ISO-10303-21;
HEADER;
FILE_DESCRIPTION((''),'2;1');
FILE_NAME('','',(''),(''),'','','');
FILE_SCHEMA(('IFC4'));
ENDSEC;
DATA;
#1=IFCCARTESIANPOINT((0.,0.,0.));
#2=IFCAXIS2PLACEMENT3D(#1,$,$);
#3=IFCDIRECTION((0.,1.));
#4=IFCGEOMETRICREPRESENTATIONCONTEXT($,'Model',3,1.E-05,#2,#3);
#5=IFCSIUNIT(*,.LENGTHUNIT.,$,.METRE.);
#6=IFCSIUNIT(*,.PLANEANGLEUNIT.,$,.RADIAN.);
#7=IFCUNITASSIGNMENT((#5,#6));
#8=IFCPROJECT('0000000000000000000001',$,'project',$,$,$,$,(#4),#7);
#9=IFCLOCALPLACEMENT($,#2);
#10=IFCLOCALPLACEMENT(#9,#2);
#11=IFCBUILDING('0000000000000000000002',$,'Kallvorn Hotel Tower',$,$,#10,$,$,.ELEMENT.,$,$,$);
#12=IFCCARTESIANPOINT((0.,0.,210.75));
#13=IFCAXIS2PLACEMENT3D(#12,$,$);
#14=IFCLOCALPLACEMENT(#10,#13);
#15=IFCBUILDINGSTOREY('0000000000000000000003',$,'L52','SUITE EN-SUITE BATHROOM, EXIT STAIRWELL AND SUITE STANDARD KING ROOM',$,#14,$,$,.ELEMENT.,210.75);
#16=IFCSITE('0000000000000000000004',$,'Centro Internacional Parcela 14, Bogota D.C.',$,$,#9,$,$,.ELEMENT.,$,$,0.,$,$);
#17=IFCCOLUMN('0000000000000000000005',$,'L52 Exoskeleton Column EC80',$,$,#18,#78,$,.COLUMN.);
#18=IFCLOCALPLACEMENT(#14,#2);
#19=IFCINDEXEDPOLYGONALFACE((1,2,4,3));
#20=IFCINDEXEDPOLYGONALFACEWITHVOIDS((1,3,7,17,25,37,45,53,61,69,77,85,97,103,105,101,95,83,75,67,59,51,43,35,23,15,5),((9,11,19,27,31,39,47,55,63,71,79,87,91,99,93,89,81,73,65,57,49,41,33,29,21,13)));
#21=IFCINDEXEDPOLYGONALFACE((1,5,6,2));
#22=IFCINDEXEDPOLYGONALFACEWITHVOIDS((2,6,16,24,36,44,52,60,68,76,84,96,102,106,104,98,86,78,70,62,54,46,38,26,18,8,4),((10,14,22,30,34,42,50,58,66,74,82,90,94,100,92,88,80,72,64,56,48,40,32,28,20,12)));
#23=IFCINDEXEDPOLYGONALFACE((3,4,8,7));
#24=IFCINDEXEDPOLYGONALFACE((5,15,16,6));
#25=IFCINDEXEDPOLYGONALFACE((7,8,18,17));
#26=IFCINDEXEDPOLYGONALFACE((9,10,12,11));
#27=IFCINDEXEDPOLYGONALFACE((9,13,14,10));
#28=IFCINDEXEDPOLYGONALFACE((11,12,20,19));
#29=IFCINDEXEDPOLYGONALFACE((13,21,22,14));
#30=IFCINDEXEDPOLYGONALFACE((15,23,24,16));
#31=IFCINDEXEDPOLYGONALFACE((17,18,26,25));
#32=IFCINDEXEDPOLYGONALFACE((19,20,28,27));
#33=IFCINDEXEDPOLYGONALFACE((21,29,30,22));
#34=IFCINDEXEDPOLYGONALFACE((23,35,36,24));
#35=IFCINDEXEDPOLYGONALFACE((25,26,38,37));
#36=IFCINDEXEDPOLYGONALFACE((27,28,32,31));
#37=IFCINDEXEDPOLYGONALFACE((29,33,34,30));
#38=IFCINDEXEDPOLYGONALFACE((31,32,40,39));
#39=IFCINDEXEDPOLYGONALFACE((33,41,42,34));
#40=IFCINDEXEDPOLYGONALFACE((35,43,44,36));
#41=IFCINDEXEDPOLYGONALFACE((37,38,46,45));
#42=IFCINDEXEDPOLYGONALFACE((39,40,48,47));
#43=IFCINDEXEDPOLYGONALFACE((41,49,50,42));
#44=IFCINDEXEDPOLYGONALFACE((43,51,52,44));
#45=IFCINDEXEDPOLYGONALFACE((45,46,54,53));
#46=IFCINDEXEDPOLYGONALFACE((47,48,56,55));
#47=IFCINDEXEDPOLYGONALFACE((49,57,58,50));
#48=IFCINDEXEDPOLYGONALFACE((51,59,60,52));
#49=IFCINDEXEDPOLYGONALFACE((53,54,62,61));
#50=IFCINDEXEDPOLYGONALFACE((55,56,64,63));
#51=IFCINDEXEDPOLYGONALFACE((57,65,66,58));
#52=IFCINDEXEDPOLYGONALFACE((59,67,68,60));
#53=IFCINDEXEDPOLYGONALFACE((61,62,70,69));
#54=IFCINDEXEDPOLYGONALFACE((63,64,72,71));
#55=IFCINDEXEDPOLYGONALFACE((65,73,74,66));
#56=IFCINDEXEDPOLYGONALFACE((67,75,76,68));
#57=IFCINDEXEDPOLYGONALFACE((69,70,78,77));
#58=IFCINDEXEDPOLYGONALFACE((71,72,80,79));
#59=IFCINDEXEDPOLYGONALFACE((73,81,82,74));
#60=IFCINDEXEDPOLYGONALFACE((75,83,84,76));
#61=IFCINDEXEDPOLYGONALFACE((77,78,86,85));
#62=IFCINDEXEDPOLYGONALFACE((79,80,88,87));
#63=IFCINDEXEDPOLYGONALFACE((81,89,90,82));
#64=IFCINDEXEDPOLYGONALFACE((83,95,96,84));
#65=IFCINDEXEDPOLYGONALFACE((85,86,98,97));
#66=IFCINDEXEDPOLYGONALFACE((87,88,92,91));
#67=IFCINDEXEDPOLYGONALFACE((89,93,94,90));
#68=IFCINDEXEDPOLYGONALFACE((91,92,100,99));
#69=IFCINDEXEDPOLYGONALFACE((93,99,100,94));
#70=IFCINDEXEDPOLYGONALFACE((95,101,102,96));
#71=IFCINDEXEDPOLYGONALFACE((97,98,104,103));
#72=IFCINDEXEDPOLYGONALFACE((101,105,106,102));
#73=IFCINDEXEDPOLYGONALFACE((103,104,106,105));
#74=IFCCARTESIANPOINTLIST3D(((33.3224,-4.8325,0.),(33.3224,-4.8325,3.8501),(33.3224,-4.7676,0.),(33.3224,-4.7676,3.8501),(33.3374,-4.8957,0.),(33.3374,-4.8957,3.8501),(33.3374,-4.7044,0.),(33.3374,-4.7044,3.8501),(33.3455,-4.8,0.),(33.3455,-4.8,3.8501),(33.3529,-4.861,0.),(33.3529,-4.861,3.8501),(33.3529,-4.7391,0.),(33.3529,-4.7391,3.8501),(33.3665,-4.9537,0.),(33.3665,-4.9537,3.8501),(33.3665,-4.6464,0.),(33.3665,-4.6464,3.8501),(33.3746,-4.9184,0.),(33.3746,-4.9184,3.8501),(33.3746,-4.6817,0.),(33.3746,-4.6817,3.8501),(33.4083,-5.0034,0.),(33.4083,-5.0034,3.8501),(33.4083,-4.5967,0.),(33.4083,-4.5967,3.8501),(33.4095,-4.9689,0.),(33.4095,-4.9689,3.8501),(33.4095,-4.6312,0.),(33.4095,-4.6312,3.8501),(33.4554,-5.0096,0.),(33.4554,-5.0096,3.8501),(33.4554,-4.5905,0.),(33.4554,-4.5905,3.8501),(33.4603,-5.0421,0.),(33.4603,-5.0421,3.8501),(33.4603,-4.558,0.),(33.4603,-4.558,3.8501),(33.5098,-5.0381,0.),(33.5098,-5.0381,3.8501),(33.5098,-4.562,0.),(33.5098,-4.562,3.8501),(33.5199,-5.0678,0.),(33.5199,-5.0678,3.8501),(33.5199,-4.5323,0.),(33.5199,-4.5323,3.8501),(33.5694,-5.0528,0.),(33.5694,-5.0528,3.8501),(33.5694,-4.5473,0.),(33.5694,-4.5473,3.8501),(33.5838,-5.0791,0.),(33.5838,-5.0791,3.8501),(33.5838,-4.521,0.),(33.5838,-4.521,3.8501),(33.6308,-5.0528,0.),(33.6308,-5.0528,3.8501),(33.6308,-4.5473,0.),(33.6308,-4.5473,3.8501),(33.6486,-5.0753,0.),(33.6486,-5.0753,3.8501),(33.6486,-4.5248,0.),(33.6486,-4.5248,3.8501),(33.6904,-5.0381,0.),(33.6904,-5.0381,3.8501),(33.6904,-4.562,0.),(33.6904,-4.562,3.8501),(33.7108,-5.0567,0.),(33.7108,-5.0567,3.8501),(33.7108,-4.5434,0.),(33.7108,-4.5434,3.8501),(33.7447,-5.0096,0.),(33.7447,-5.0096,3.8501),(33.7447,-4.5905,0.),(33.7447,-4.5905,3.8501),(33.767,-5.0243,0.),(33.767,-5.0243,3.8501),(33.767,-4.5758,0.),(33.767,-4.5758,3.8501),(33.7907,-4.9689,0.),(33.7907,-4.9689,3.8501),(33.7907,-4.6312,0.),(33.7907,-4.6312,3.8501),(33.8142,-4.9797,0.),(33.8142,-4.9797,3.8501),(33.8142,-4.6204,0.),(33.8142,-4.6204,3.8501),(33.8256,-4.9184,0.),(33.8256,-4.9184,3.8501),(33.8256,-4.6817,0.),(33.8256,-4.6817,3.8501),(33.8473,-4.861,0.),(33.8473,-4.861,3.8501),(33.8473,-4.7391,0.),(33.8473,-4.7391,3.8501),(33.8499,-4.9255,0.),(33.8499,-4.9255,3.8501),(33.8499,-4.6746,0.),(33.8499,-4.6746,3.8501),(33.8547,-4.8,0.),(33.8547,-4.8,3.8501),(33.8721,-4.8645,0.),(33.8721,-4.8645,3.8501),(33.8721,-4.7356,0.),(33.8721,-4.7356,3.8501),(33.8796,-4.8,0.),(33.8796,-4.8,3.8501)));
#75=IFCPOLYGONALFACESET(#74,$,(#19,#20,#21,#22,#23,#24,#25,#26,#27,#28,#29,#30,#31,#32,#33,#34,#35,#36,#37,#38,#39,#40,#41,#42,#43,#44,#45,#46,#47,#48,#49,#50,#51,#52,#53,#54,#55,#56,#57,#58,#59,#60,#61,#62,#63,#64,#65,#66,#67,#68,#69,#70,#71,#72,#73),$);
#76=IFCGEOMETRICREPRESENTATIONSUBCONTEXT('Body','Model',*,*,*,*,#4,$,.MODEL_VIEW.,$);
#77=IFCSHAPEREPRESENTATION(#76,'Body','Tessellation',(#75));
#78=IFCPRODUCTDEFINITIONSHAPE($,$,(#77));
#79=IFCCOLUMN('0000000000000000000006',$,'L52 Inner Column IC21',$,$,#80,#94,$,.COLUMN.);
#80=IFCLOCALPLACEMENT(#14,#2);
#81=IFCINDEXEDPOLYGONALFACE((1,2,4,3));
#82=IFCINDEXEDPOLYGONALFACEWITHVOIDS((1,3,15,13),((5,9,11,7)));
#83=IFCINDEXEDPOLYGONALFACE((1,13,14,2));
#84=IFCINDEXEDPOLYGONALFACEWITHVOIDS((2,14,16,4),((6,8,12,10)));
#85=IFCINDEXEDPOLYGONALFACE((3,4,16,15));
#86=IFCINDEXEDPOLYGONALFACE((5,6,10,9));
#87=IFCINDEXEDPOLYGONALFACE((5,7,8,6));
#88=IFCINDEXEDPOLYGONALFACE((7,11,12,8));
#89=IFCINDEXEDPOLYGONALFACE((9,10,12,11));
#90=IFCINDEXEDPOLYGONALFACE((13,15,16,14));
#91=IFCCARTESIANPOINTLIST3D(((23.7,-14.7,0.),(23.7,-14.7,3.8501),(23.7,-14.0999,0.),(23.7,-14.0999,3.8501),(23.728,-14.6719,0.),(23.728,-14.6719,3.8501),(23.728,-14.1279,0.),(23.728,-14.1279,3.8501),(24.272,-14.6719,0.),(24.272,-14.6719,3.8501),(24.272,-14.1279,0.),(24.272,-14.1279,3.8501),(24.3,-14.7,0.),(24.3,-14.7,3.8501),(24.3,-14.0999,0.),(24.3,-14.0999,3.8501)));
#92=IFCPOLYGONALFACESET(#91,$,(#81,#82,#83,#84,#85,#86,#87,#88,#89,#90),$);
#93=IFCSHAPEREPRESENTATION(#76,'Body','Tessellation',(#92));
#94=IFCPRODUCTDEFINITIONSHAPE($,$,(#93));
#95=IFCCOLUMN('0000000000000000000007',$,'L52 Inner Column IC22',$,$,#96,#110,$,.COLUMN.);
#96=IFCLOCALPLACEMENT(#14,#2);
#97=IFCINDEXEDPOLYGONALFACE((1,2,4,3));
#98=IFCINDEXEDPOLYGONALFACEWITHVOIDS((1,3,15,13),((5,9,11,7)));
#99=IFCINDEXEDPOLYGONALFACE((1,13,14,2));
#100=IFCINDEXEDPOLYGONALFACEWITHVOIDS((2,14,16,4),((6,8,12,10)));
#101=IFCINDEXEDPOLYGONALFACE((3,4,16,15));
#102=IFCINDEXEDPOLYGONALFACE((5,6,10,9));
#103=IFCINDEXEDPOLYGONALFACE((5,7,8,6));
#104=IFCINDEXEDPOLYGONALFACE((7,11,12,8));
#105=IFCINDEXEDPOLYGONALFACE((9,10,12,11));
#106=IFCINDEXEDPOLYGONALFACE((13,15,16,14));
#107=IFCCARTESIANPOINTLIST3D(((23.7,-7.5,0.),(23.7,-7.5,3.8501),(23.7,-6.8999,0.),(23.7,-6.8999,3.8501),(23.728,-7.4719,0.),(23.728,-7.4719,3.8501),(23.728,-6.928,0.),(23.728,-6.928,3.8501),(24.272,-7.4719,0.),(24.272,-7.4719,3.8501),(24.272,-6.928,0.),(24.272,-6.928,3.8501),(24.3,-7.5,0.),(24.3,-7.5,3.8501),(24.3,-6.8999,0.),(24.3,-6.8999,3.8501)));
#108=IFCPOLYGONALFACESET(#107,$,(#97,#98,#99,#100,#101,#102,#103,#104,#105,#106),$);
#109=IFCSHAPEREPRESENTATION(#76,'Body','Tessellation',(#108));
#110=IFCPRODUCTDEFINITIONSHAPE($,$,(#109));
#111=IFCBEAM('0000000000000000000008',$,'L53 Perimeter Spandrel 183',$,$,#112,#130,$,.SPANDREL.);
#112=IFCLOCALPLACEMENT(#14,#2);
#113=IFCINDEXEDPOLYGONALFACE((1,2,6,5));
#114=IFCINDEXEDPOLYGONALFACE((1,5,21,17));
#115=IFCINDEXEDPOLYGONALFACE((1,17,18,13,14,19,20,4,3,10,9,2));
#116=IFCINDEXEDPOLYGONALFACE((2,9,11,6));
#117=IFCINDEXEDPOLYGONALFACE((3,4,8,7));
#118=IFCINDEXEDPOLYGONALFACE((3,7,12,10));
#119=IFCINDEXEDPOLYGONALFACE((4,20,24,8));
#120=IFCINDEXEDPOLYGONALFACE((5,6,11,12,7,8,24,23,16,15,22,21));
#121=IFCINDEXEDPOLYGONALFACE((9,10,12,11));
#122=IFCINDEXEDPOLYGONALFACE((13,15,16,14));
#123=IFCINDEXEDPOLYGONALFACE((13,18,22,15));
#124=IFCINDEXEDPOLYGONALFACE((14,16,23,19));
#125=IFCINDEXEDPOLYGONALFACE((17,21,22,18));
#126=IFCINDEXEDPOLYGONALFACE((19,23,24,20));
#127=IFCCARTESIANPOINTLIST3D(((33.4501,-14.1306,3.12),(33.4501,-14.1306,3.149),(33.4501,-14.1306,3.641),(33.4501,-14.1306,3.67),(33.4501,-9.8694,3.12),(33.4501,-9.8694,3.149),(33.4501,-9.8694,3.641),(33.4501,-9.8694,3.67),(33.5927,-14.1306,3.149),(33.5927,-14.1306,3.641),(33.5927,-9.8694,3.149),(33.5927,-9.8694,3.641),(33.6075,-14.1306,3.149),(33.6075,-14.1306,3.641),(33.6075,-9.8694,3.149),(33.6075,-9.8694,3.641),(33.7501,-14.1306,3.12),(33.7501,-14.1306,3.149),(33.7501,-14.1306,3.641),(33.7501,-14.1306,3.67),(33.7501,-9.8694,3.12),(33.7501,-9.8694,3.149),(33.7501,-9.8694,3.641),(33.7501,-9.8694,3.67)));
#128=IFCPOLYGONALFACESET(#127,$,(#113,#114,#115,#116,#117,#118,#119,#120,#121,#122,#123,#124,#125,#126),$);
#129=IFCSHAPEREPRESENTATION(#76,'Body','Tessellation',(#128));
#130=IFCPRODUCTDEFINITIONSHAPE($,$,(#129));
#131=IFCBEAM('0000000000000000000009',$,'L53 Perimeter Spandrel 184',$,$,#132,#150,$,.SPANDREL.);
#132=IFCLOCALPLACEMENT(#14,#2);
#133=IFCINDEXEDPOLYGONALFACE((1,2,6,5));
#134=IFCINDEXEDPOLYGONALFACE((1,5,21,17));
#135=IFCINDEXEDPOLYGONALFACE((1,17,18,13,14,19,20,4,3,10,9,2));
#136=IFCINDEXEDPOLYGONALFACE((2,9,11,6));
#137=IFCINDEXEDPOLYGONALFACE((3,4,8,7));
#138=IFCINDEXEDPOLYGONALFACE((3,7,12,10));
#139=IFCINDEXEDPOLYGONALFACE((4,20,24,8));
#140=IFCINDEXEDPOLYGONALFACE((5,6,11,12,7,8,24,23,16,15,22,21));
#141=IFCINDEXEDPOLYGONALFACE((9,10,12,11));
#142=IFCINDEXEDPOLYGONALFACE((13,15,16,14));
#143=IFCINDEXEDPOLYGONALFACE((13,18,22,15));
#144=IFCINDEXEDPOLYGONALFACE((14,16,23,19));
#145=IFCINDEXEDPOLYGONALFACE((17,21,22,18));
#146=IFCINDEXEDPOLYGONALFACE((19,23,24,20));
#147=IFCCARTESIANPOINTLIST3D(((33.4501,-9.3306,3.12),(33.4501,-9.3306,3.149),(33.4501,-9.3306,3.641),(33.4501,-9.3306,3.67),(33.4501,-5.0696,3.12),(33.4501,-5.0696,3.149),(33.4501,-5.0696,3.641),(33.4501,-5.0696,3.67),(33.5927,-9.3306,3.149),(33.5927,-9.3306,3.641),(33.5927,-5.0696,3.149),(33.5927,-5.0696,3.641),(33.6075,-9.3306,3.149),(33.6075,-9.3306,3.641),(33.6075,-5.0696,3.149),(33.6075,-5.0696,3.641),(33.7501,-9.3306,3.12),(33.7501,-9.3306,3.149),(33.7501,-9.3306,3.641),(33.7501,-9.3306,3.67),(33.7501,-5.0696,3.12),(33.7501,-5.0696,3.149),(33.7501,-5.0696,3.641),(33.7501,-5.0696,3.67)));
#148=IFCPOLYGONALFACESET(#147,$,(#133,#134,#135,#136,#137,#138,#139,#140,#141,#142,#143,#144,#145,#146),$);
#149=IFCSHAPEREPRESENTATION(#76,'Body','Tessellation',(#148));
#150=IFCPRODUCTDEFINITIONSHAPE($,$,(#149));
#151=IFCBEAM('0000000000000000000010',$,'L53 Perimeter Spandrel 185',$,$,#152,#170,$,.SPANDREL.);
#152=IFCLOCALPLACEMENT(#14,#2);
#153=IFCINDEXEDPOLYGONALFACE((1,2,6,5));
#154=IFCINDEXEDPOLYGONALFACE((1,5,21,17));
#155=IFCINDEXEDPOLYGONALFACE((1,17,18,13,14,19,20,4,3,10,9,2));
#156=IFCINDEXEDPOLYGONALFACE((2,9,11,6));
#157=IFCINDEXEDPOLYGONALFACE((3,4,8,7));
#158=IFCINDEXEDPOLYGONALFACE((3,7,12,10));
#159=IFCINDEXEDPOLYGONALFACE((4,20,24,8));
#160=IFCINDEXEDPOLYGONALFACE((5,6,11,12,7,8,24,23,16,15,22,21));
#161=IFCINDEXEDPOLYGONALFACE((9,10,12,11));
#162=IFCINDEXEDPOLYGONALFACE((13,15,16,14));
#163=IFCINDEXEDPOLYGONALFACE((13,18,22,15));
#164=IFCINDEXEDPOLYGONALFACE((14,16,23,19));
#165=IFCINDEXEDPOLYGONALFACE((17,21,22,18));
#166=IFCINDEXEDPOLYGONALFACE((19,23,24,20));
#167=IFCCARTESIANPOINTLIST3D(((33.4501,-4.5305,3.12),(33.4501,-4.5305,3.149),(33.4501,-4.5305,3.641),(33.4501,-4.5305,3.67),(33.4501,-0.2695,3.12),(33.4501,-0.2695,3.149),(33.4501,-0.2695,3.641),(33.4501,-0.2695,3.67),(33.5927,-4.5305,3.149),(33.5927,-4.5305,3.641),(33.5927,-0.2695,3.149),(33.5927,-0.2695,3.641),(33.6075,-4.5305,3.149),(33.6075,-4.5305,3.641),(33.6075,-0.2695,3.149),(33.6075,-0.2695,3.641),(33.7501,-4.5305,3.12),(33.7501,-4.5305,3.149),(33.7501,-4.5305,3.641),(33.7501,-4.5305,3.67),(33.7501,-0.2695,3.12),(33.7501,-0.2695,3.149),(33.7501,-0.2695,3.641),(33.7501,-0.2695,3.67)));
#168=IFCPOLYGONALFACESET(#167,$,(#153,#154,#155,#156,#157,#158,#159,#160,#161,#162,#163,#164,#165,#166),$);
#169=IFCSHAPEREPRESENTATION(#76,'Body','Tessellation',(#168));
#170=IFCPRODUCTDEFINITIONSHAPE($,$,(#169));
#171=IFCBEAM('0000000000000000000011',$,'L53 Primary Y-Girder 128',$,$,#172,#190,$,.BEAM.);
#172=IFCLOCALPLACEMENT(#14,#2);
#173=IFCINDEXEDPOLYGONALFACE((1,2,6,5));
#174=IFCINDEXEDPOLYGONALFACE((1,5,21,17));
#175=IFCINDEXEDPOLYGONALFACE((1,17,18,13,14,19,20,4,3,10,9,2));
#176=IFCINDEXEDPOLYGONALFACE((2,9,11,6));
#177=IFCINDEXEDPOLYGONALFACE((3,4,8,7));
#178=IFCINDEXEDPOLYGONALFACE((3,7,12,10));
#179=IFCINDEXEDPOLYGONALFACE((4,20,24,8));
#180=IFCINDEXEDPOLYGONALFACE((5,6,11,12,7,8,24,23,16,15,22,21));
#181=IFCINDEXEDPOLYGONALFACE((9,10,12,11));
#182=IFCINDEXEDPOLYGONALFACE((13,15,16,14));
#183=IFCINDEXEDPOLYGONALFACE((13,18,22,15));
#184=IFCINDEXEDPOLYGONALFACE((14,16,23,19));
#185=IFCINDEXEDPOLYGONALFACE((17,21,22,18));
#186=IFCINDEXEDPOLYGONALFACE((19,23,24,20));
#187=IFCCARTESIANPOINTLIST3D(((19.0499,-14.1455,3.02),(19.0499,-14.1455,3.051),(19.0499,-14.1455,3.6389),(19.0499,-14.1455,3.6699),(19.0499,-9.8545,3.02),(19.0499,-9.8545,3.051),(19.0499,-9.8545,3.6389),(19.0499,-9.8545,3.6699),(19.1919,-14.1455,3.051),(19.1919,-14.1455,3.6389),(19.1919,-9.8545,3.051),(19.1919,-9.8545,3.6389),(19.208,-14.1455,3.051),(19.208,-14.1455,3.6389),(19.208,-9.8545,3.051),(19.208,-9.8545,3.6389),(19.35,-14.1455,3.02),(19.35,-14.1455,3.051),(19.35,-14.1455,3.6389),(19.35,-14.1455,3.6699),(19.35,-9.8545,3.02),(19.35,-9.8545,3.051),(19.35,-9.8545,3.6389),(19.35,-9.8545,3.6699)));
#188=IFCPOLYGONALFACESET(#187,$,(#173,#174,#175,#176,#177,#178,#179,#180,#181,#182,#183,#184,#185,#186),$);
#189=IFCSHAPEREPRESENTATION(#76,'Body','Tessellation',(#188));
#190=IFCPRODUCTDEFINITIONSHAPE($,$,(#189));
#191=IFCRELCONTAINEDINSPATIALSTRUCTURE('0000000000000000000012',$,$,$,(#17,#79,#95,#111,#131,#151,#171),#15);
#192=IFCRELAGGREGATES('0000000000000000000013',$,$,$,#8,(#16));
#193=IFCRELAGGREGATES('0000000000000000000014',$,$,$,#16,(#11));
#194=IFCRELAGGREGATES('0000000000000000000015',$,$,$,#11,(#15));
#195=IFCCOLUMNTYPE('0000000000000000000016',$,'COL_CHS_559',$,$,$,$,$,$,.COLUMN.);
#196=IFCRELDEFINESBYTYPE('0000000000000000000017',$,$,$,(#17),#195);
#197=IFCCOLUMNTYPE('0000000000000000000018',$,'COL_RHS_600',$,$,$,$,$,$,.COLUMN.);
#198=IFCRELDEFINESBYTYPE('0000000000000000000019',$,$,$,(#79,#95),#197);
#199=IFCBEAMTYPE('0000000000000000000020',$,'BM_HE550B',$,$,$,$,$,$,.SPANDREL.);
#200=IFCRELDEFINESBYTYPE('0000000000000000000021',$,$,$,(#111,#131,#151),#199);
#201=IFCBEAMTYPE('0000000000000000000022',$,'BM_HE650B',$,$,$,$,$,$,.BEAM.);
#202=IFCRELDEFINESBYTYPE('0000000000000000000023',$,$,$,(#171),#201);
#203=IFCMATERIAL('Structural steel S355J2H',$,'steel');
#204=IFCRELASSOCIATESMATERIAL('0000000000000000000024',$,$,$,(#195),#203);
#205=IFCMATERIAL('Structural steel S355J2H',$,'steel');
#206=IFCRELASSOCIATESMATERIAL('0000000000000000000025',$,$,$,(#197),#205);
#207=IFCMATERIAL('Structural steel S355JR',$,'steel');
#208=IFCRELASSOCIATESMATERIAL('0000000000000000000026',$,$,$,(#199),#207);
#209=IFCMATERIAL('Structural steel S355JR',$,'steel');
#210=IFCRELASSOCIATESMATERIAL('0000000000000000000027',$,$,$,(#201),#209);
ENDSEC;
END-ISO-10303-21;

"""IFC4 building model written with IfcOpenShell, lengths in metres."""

from ifc_helpers import new_model, si_unit, direction, frame, origin, origin_2d, place, context, subcontext, project, spatial, hollow_rectangle, hollow_circle, i_section, extrude, material, material_profile, profile_set, type_object, element, save


model = new_model("IFC4")

# Units and contexts
model_context = context("Model", 3, precision=1e-05, world=origin(), true_north=direction((0.0, 1.0)))
body_context = subcontext(model_context, "Body", "Model", "MODEL_VIEW")
ifc_project = project(units=[si_unit("LENGTHUNIT", "METRE"), si_unit("PLANEANGLEUNIT", "RADIAN")], contexts=[model_context])

# Site, building, storey
site_placement = place(None, origin())
site = spatial("IfcSite", under=ifc_project, at=site_placement, Name="Centro Internacional Parcela 14, Bogota D.C.", CompositionType="ELEMENT", RefElevation=0.0)
building_placement = place(site_placement, origin())
building = spatial("IfcBuilding", under=site, at=building_placement, Name="Kallvorn Hotel Tower", CompositionType="ELEMENT")
storey_placement = place(building_placement, frame((0.0, 0.0, 210.75)))
storey = spatial("IfcBuildingStorey", under=building, at=storey_placement, Name="L52", Description="SUITE EN-SUITE BATHROOM, EXIT STAIRWELL AND SUITE STANDARD KING ROOM", CompositionType="ELEMENT", Elevation=210.75)

# Columns
ifc_material_1 = material(Name="Structural steel S355J2H", Category="steel")
ifc_material_profile_1 = material_profile(ifc_material_1, hollow_circle(Radius=0.2795, WallThickness=0.0249, at=origin_2d()), Name="CHS 559x25")
ifc_profile_set_1 = profile_set([ifc_material_profile_1], Name="Structural steel S355J2H")
column_type_1 = type_object("IfcColumnType", Name="COL_CHS_559", PredefinedType="COLUMN", material=ifc_profile_set_1)
for number, where, z_axis, x_axis, name in (
    (1, (33.6001, -4.8, 0.0), (0.0, 0.0, 1.0), (1.0, 0.0, 0.0), "L52 Exoskeleton Column EC80"),
):
    element("IfcColumn", number, at=place(storey_placement, frame(where, z_axis=z_axis, x_axis=x_axis)), inside=storey, type_object=column_type_1, Name=name, PredefinedType="COLUMN", context=body_context, shape_type="SweptSolid", body=[
        extrude(hollow_circle(Radius=0.2795, WallThickness=0.0249, at=origin_2d()), origin(), (0.0, 0.0, 1.0), 3.8501),
    ])
ifc_material_2 = material(Name="Structural steel S355J2H", Category="steel")
ifc_material_profile_2 = material_profile(ifc_material_2, hollow_rectangle(XDim=0.6001, YDim=0.6001, WallThickness=0.0281, at=origin_2d()), Name="RHS 600x600x28")
ifc_profile_set_2 = profile_set([ifc_material_profile_2], Name="Structural steel S355J2H")
column_type_2 = type_object("IfcColumnType", Name="COL_RHS_600", PredefinedType="COLUMN", material=ifc_profile_set_2)
for number, where, z_axis, x_axis, name in (
    (2, (24.0, -14.3999, 0.0), (0.0, 0.0, 1.0), (1.0, 0.0, 0.0), "L52 Inner Column IC21"),
    (3, (24.0, -7.2, 0.0), (0.0, 0.0, 1.0), (1.0, 0.0, 0.0), "L52 Inner Column IC22"),
):
    element("IfcColumn", number, at=place(storey_placement, frame(where, z_axis=z_axis, x_axis=x_axis)), inside=storey, type_object=column_type_2, Name=name, PredefinedType="COLUMN", context=body_context, shape_type="SweptSolid", body=[
        extrude(hollow_rectangle(XDim=0.6001, YDim=0.6001, WallThickness=0.0281, at=origin_2d()), origin(), (0.0, 0.0, 1.0), 3.8501),
    ])

# Beams
ifc_material_3 = material(Name="Structural steel S355JR", Category="steel")
ifc_material_profile_3 = material_profile(ifc_material_3, i_section(OverallWidth=0.3, OverallDepth=0.55, WebThickness=0.0149, FlangeThickness=0.0291, at=origin_2d()), Name="HE 550 B")
ifc_profile_set_3 = profile_set([ifc_material_profile_3], Name="Structural steel S355JR")
beam_type_1 = type_object("IfcBeamType", Name="BM_HE550B", PredefinedType="SPANDREL", material=ifc_profile_set_3)
beam_1_placement = place(storey_placement, frame((33.6001, -14.1306, 3.395), z_axis=(0.0, 1.0, 0.0), x_axis=(-1.0, 0.0, 0.0)))
element("IfcBeam", 4, at=beam_1_placement, inside=storey, type_object=beam_type_1, Name="L53 Perimeter Spandrel 183", PredefinedType="SPANDREL", context=body_context, shape_type="SweptSolid", body=[
    extrude(i_section(OverallWidth=0.3, OverallDepth=0.55, WebThickness=0.0149, FlangeThickness=0.0291, at=origin_2d()), origin(), (0.0, 0.0, 1.0), 4.2612),
])
for number, where, z_axis, x_axis, name in (
    (5, (33.6001, -9.3306, 3.395), (0.0, 1.0, 0.0), (-1.0, 0.0, 0.0), "L53 Perimeter Spandrel 184"),
    (6, (33.6001, -4.5305, 3.395), (0.0, 1.0, 0.0), (-1.0, 0.0, 0.0), "L53 Perimeter Spandrel 185"),
):
    element("IfcBeam", number, at=place(storey_placement, frame(where, z_axis=z_axis, x_axis=x_axis)), inside=storey, type_object=beam_type_1, Name=name, PredefinedType="SPANDREL", context=body_context, shape_type="SweptSolid", body=[
        extrude(i_section(OverallWidth=0.3, OverallDepth=0.55, WebThickness=0.0149, FlangeThickness=0.0291, at=origin_2d()), origin(), (0.0, 0.0, 1.0), 4.261),
    ])
ifc_material_4 = material(Name="Structural steel S355JR", Category="steel")
ifc_material_profile_4 = material_profile(ifc_material_4, i_section(OverallWidth=0.3, OverallDepth=0.6499, WebThickness=0.0161, FlangeThickness=0.031, at=origin_2d()), Name="HE 650 B")
ifc_profile_set_4 = profile_set([ifc_material_profile_4], Name="Structural steel S355JR")
beam_type_2 = type_object("IfcBeamType", Name="BM_HE650B", PredefinedType="BEAM", material=ifc_profile_set_4)
for number, where, z_axis, x_axis, name in (
    (7, (19.2, -14.1455, 3.345), (0.0, 1.0, 0.0), (-1.0, 0.0, 0.0), "L53 Primary Y-Girder 128"),
):
    element("IfcBeam", number, at=place(storey_placement, frame(where, z_axis=z_axis, x_axis=x_axis)), inside=storey, type_object=beam_type_2, Name=name, PredefinedType="BEAM", context=body_context, shape_type="SweptSolid", body=[
        extrude(i_section(OverallWidth=0.3, OverallDepth=0.6499, WebThickness=0.0161, FlangeThickness=0.031, at=origin_2d()), origin(), (0.0, 0.0, 1.0), 4.291),
    ])

save(model, "model.ifc")
